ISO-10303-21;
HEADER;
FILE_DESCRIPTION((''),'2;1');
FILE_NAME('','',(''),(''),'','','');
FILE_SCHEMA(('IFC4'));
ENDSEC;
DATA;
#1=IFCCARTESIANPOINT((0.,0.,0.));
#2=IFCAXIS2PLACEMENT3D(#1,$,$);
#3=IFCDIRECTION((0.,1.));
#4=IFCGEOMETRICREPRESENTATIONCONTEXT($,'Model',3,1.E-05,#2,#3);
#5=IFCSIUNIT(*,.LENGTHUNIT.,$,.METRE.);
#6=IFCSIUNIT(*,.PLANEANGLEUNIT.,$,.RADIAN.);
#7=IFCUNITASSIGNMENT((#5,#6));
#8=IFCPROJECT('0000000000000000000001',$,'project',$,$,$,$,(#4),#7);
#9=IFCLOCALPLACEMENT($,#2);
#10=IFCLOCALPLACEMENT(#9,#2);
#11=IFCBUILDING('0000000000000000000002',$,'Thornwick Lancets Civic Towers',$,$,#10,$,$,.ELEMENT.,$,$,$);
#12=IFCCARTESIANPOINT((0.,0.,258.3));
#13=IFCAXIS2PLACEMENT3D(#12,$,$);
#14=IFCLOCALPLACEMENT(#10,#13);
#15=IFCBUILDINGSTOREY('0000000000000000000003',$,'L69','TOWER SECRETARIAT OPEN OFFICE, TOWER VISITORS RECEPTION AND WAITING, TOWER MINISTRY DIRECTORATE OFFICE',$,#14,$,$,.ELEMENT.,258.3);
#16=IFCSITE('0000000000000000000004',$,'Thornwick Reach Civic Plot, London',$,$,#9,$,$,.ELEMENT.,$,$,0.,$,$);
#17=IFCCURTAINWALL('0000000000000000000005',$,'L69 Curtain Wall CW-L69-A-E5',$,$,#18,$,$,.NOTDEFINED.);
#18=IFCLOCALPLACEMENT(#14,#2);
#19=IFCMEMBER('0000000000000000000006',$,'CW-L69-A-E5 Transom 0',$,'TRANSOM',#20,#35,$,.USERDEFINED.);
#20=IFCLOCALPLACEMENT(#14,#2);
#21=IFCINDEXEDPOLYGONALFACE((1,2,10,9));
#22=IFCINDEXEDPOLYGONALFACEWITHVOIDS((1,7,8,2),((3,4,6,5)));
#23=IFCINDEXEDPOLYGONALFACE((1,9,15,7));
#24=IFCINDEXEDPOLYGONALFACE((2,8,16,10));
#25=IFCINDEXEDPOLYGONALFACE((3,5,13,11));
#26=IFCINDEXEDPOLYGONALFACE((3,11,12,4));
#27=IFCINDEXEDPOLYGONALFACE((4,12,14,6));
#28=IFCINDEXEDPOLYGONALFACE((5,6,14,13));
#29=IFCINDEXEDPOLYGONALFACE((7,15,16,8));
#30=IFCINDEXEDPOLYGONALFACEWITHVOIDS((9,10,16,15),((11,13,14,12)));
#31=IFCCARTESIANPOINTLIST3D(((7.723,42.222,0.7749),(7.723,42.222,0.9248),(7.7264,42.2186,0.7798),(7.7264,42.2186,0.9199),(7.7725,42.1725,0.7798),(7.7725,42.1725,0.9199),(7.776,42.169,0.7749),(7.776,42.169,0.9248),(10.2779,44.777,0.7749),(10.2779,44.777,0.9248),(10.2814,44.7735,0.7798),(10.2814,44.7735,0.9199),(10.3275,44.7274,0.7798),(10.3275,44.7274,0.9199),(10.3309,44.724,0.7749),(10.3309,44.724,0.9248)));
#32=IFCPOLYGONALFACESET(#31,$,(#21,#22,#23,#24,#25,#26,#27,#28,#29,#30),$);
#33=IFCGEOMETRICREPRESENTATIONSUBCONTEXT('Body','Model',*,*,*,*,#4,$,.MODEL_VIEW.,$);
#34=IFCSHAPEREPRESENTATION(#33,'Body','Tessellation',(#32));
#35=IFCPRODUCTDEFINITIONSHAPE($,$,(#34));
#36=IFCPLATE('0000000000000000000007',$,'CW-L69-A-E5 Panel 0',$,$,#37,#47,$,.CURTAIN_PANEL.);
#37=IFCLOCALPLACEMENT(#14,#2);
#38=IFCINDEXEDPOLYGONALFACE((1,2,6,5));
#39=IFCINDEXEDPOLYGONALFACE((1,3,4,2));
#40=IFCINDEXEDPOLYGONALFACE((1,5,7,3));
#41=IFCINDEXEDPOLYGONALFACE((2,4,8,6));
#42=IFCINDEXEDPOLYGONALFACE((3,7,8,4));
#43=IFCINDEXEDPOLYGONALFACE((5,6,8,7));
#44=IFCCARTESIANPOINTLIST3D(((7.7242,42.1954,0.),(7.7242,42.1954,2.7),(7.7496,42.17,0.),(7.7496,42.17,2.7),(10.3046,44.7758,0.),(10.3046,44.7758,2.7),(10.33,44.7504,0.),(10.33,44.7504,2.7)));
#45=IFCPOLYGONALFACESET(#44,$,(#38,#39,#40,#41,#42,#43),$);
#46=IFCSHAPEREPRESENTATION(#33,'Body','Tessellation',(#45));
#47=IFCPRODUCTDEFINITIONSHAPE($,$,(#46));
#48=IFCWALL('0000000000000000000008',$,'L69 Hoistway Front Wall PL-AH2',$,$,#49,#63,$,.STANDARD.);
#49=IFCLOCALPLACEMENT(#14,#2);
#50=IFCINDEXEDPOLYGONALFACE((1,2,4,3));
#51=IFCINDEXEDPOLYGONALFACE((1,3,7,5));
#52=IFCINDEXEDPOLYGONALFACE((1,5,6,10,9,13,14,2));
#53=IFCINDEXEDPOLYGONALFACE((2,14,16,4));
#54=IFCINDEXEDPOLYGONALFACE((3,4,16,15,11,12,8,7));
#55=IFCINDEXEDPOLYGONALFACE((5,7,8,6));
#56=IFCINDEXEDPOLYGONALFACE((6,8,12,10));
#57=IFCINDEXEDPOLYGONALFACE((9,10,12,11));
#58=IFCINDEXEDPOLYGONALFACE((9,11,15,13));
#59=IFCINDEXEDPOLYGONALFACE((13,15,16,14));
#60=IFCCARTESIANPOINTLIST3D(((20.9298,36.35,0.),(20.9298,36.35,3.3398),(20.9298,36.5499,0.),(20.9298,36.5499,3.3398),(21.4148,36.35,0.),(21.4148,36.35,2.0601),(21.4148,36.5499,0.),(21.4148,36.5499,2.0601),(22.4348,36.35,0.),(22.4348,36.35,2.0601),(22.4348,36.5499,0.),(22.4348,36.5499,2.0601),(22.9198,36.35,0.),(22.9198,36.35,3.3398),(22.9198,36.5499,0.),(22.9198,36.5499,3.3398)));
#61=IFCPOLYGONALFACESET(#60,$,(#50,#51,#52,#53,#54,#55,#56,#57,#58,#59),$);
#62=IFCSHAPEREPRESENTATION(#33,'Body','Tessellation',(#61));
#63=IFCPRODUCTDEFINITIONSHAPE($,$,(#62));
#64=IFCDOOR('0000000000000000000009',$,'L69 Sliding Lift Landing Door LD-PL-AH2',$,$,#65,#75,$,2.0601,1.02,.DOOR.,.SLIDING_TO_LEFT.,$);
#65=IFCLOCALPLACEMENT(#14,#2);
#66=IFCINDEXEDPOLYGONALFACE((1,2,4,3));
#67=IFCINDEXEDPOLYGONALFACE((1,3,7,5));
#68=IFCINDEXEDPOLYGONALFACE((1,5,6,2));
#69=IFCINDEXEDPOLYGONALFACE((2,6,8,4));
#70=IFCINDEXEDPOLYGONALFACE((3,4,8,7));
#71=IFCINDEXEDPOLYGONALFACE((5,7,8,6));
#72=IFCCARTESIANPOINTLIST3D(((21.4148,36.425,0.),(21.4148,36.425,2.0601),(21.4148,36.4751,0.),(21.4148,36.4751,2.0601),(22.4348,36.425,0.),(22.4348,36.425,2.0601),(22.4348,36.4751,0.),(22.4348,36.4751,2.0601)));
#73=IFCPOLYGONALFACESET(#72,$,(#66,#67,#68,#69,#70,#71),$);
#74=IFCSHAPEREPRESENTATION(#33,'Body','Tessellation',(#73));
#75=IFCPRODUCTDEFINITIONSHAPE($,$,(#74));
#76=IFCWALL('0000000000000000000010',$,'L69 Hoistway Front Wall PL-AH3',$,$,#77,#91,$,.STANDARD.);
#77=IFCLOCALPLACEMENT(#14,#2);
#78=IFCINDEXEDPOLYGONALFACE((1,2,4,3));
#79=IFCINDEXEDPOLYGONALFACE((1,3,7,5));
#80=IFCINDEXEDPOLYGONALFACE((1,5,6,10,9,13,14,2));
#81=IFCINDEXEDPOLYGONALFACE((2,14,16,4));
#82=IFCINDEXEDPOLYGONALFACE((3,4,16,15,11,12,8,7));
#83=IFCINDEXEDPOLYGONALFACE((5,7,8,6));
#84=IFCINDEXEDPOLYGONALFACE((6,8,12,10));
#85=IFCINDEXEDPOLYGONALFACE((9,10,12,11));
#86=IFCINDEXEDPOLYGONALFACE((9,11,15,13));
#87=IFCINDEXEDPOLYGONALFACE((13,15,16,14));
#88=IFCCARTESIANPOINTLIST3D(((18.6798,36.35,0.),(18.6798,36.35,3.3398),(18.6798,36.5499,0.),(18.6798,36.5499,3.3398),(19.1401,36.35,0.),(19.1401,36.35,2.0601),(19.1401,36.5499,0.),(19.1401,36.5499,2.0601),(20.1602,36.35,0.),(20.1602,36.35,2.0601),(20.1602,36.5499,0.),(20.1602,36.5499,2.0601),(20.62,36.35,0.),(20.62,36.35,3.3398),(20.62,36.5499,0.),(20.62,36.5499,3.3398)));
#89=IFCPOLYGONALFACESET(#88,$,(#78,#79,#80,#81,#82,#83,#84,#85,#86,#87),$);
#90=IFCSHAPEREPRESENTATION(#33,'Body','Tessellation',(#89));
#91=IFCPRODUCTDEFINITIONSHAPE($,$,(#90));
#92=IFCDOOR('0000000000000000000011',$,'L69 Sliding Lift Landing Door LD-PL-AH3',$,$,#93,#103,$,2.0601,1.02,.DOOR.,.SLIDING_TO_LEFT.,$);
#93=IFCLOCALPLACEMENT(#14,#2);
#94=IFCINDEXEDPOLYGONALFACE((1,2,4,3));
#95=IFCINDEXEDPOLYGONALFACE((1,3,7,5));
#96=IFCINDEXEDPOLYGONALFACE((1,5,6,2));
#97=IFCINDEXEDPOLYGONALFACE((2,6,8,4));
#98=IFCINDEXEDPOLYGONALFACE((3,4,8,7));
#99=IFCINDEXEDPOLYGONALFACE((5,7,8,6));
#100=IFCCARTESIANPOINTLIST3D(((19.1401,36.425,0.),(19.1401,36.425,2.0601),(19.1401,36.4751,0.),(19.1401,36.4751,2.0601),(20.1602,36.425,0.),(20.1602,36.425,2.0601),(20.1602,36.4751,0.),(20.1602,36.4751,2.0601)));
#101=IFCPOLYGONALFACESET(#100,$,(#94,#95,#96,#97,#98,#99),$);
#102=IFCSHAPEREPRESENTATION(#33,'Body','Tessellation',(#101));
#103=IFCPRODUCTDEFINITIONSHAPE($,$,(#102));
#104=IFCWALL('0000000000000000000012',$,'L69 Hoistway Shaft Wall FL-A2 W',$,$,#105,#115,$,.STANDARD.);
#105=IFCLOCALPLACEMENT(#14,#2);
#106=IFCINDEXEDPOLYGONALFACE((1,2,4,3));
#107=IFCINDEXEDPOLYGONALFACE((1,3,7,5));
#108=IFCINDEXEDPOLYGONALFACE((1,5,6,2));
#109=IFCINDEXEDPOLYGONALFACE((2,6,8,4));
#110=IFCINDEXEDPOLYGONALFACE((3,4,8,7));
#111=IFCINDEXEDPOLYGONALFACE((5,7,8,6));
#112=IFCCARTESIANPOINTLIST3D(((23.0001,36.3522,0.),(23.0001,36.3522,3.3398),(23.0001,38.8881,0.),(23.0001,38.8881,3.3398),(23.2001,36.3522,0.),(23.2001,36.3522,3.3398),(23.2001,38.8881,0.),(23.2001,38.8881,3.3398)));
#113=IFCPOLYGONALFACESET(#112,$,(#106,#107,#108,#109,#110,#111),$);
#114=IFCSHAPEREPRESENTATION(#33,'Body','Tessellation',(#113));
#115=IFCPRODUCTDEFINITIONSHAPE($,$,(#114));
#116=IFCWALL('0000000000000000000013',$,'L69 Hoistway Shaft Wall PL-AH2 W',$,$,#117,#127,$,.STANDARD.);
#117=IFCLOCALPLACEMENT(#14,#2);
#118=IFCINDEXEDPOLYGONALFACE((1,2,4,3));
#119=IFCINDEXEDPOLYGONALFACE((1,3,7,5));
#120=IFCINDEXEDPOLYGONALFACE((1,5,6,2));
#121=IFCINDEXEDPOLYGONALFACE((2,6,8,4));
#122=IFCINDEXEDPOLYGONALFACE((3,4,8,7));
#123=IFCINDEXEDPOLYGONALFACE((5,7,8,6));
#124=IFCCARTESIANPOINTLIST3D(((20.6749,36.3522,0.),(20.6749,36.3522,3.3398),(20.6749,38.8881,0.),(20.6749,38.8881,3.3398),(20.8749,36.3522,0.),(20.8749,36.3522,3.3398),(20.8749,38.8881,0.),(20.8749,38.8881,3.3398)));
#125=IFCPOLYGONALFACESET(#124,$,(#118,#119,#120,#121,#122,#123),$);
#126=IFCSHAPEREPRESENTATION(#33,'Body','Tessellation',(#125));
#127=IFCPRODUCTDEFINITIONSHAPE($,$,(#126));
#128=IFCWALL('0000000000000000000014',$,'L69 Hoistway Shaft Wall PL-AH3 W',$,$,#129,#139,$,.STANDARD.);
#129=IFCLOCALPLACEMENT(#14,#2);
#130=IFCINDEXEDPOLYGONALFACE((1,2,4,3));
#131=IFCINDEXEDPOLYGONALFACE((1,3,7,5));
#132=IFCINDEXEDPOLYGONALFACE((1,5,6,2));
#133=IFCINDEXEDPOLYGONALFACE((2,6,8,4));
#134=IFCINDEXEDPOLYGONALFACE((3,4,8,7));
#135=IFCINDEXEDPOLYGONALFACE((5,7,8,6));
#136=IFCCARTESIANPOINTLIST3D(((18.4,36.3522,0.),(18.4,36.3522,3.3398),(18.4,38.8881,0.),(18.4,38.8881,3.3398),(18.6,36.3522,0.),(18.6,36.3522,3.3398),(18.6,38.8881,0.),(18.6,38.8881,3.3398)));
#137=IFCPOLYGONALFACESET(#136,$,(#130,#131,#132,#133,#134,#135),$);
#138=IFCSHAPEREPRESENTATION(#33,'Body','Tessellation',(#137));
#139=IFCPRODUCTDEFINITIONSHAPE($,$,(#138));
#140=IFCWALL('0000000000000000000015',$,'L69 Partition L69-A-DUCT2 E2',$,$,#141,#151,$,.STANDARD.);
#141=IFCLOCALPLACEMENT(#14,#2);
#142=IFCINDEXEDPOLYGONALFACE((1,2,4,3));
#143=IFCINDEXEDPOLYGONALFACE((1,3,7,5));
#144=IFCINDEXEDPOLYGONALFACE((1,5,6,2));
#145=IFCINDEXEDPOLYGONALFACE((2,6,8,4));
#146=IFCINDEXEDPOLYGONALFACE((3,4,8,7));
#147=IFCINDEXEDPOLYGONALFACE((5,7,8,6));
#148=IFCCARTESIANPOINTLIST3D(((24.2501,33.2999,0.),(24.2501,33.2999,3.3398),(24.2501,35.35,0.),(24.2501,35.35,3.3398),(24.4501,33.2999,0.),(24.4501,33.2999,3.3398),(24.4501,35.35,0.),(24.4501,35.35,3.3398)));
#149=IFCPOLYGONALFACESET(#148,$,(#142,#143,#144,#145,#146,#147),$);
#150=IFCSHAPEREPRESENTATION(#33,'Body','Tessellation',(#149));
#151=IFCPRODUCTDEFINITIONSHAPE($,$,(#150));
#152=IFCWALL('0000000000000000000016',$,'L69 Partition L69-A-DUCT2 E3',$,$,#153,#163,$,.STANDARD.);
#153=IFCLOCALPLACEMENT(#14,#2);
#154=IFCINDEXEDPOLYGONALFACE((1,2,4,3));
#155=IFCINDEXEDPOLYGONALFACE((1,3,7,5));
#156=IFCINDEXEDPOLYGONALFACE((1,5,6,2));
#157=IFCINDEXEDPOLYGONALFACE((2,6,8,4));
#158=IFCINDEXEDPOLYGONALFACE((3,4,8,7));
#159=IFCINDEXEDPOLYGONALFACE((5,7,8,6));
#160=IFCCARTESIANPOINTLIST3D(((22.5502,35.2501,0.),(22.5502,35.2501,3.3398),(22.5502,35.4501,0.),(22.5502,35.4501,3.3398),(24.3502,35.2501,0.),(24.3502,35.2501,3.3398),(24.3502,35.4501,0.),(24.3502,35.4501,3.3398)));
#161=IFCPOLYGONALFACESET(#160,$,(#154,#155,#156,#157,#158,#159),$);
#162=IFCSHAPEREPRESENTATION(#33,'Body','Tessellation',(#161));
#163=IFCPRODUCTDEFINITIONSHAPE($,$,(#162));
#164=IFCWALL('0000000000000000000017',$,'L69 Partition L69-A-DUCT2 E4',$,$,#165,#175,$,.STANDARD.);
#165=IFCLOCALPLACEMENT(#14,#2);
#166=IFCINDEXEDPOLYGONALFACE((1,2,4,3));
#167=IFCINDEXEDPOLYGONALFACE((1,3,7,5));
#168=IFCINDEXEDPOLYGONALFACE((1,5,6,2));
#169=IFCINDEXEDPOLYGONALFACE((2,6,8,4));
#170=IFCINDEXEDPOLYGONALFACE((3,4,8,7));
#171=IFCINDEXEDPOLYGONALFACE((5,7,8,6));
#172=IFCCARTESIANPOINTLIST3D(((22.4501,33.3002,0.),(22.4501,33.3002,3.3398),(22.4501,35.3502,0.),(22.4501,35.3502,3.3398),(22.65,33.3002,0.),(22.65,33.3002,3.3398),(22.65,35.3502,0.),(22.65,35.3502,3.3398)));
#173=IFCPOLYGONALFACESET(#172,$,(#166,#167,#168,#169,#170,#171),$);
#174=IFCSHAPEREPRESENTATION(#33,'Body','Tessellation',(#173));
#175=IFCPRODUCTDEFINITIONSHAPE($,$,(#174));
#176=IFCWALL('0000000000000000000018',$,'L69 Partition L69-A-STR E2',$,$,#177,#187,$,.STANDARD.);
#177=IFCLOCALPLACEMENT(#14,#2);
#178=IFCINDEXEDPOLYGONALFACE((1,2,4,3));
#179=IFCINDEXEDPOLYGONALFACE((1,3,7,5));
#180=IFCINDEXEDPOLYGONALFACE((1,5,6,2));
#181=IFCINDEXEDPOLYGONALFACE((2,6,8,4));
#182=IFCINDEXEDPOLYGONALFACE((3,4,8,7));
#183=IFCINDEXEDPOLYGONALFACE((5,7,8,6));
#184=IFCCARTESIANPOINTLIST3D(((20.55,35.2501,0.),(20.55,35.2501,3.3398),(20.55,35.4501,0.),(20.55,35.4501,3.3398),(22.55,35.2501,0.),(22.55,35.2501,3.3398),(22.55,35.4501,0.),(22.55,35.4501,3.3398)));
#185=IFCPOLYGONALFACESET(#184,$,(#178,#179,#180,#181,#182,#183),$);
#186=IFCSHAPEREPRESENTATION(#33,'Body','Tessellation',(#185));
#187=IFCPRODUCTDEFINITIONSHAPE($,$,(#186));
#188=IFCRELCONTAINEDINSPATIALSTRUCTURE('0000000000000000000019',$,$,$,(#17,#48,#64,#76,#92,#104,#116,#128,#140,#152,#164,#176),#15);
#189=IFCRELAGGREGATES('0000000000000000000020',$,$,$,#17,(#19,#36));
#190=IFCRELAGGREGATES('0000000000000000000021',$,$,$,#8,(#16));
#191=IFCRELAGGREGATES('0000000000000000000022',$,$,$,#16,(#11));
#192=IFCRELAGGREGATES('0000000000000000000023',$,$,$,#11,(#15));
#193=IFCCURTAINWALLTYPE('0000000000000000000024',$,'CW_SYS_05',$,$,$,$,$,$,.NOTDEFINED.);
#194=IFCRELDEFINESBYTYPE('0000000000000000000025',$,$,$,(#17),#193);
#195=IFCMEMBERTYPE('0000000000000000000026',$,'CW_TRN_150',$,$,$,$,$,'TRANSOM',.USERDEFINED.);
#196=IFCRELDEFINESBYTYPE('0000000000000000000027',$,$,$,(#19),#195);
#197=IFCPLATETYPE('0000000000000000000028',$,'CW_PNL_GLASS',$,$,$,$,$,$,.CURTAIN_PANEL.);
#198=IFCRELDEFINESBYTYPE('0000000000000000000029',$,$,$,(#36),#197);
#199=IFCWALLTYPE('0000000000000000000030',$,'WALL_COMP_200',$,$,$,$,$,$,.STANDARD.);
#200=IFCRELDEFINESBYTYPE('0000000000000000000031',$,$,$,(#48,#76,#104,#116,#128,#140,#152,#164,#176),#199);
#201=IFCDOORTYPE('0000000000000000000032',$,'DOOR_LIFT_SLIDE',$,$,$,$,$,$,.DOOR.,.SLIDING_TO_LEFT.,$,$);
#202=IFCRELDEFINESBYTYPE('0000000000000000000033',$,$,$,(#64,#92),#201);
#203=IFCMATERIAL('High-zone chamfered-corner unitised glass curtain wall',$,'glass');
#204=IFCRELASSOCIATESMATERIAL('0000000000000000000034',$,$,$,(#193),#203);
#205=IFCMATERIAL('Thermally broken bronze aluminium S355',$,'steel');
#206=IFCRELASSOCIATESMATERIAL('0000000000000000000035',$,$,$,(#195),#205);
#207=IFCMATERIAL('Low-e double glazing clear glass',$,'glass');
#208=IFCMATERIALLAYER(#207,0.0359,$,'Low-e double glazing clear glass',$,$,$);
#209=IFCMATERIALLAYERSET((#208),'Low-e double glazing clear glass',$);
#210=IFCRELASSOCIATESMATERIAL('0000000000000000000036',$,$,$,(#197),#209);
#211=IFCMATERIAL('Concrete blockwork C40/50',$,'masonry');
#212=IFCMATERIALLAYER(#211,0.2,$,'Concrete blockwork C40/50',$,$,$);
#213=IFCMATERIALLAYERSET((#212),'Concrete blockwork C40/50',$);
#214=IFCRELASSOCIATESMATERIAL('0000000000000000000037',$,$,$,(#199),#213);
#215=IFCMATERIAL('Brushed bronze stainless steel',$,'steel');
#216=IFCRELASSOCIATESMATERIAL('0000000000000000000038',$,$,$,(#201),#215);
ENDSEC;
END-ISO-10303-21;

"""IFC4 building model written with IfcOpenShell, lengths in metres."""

from ifc_helpers import new_model, si_unit, direction, frame, frame_2d, origin, origin_2d, place, context, subcontext, project, spatial, rectangle, hollow_rectangle, extrude, material, layer, layer_set, material_profile, profile_set, type_object, element, fill, aggregate, save


model = new_model("IFC4")

# Units and contexts
model_context = context("Model", 3, precision=1e-05, world=origin(), true_north=direction((0.0, 1.0)))
body_context = subcontext(model_context, "Body", "Model", "MODEL_VIEW")
ifc_project = project(units=[si_unit("LENGTHUNIT", "METRE"), si_unit("PLANEANGLEUNIT", "RADIAN")], contexts=[model_context])

# Site, building, storey
site_placement = place(None, origin())
site = spatial("IfcSite", under=ifc_project, at=site_placement, Name="Thornwick Reach Civic Plot, London", CompositionType="ELEMENT", RefElevation=0.0)
building_placement = place(site_placement, origin())
building = spatial("IfcBuilding", under=site, at=building_placement, Name="Thornwick Lancets Civic Towers", CompositionType="ELEMENT")
storey_placement = place(building_placement, frame((0.0, 0.0, 258.3)))
storey = spatial("IfcBuildingStorey", under=building, at=storey_placement, Name="L69", Description="TOWER SECRETARIAT OPEN OFFICE, TOWER VISITORS RECEPTION AND WAITING, TOWER MINISTRY DIRECTORATE OFFICE", CompositionType="ELEMENT", Elevation=258.3)

# Curtain wall, member, plate
ifc_material_1 = material(Name="High-zone chamfered-corner unitised glass curtain wall", Category="glass")
curtain_wall_type = type_object("IfcCurtainWallType", Name="CW_SYS_05", PredefinedType="NOTDEFINED", material=ifc_material_1)
curtain_wall_placement = place(storey_placement, origin())
curtain_wall = element("IfcCurtainWall", 1, at=curtain_wall_placement, inside=storey, type_object=curtain_wall_type, Name="L69 Curtain Wall CW-L69-A-E5", PredefinedType="NOTDEFINED")
ifc_material_2 = material(Name="Thermally broken bronze aluminium S355", Category="steel")
ifc_material_profile_1 = material_profile(ifc_material_2, hollow_rectangle(XDim=0.075, YDim=0.1499, WallThickness=0.0049, at=origin_2d()), Name="RHS 150x75x5")
ifc_profile_set_1 = profile_set([ifc_material_profile_1], Name="Thermally broken bronze aluminium S355")
member_type_1 = type_object("IfcMemberType", Name="CW_TRN_150", ElementType="TRANSOM", PredefinedType="USERDEFINED", material=ifc_profile_set_1)
member_1_placement = place(storey_placement, frame((10.3044, 44.7505, 0.8499), z_axis=(-0.707107, -0.707107, 0.0), x_axis=(0.707107, -0.707107, 0.0)))
member_1 = element("IfcMember", 2, at=member_1_placement, type_object=member_type_1, Name="CW-L69-A-E5 Transom 0", ObjectType="TRANSOM", PredefinedType="USERDEFINED", context=body_context, shape_type="SweptSolid", body=[
    extrude(hollow_rectangle(XDim=0.075, YDim=0.1499, WallThickness=0.0049, at=origin_2d()), origin(), (0.0, 0.0, 1.0), 3.6133),
])
ifc_material_3 = material(Name="Low-e double glazing clear glass", Category="glass")
ifc_layer_1 = layer(ifc_material_3, 0.0359, Name="Low-e double glazing clear glass")
ifc_layer_set_1 = layer_set([ifc_layer_1], Name="Low-e double glazing clear glass")
plate_type = type_object("IfcPlateType", Name="CW_PNL_GLASS", PredefinedType="CURTAIN_PANEL", material=ifc_layer_set_1)
plate_placement = place(storey_placement, frame((9.0271, 43.4729, 0.0), z_axis=(0.0, 0.0, 1.0), x_axis=(-0.707107, -0.707107, 0.0)))
plate = element("IfcPlate", 3, at=plate_placement, type_object=plate_type, Name="CW-L69-A-E5 Panel 0", PredefinedType="CURTAIN_PANEL", context=body_context, shape_type="SweptSolid", body=[
    extrude(rectangle(XDim=3.6492, YDim=0.0359, at=origin_2d()), origin(), (0.0, 0.0, 1.0), 2.7),
])
aggregate(curtain_wall, [member_1, plate])

# Walls, openings, doors
ifc_material_4 = material(Name="Concrete blockwork C40/50", Category="masonry")
ifc_layer_2 = layer(ifc_material_4, 0.2, Name="Concrete blockwork C40/50")
ifc_layer_set_2 = layer_set([ifc_layer_2], Name="Concrete blockwork C40/50")
wall_type_1 = type_object("IfcWallType", Name="WALL_COMP_200", PredefinedType="STANDARD", material=ifc_layer_set_2)
wall_1_placement = place(storey_placement, frame((22.9199, 36.45, 0.0), z_axis=(0.0, 0.0, 1.0), x_axis=(-1.0, 0.0, 0.0)))
wall_1 = element("IfcWall", 4, at=wall_1_placement, inside=storey, type_object=wall_type_1, Name="L69 Hoistway Front Wall PL-AH2", PredefinedType="STANDARD", context=body_context, shape_type="SweptSolid", body=[
    extrude(rectangle(XDim=1.99, YDim=0.2, at=frame_2d((0.9951, 0.0))), origin(), (0.0, 0.0, 1.0), 3.3398),
])
opening_1_placement = place(wall_1_placement, frame((0.4851, 0.0, 0.0)))
opening_1 = element("IfcOpeningElement", 5, at=opening_1_placement, cuts=wall_1, PredefinedType="OPENING", context=body_context, shape_type="SweptSolid", body=[
    extrude(rectangle(XDim=1.02, YDim=2.0601, at=frame_2d((0.51, 1.03))), frame((0.0, 0.1099, 0.0), z_axis=(0.0, -1.0, 0.0), x_axis=(1.0, 0.0, 0.0)), (0.0, 0.0, 1.0), 0.22),
])
ifc_material_5 = material(Name="Brushed bronze stainless steel", Category="steel")
door_type_1 = type_object("IfcDoorType", Name="DOOR_LIFT_SLIDE", OperationType="SLIDING_TO_LEFT", PredefinedType="DOOR", material=ifc_material_5)
door_1_placement = place(opening_1_placement, origin())
door_1 = element("IfcDoor", 6, at=door_1_placement, inside=storey, type_object=door_type_1, Name="L69 Sliding Lift Landing Door LD-PL-AH2", OperationType="SLIDING_TO_LEFT", OverallHeight=2.0601, OverallWidth=1.02, PredefinedType="DOOR", context=body_context, shape_type="SweptSolid", body=[
    extrude(rectangle(XDim=1.02, YDim=2.0601, at=frame_2d((0.51, 1.03))), frame((0.0, 0.0249, 0.0), z_axis=(0.0, -1.0, 0.0), x_axis=(1.0, 0.0, 0.0)), (0.0, 0.0, 1.0), 0.05),
])
fill(opening_1, door_1)
wall_2_placement = place(storey_placement, frame((20.6201, 36.45, 0.0), z_axis=(0.0, 0.0, 1.0), x_axis=(-1.0, 0.0, 0.0)))
wall_2 = element("IfcWall", 7, at=wall_2_placement, inside=storey, type_object=wall_type_1, Name="L69 Hoistway Front Wall PL-AH3", PredefinedType="STANDARD", context=body_context, shape_type="SweptSolid", body=[
    extrude(rectangle(XDim=1.9402, YDim=0.2, at=frame_2d((0.9702, 0.0))), origin(), (0.0, 0.0, 1.0), 3.3398),
])
opening_2_placement = place(wall_2_placement, frame((0.46, 0.0, 0.0)))
opening_2 = element("IfcOpeningElement", 8, at=opening_2_placement, cuts=wall_2, PredefinedType="OPENING", context=body_context, shape_type="SweptSolid", body=[
    extrude(rectangle(XDim=1.02, YDim=2.0601, at=frame_2d((0.51, 1.03))), frame((0.0, 0.1099, 0.0), z_axis=(0.0, -1.0, 0.0), x_axis=(1.0, 0.0, 0.0)), (0.0, 0.0, 1.0), 0.22),
])
door_2_placement = place(opening_2_placement, origin())
door_2 = element("IfcDoor", 9, at=door_2_placement, inside=storey, type_object=door_type_1, Name="L69 Sliding Lift Landing Door LD-PL-AH3", OperationType="SLIDING_TO_LEFT", OverallHeight=2.0601, OverallWidth=1.02, PredefinedType="DOOR", context=body_context, shape_type="SweptSolid", body=[
    extrude(rectangle(XDim=1.02, YDim=2.0601, at=frame_2d((0.51, 1.03))), frame((0.0, 0.0249, 0.0), z_axis=(0.0, -1.0, 0.0), x_axis=(1.0, 0.0, 0.0)), (0.0, 0.0, 1.0), 0.05),
])
fill(opening_2, door_2)

# Walls
for number, where, z_axis, x_axis, name in (
    (10, (23.1001, 36.3521, 0.0), (0.0, 0.0, 1.0), (0.0, 1.0, 0.0), "L69 Hoistway Shaft Wall FL-A2 W"),
    (11, (20.7749, 36.3521, 0.0), (0.0, 0.0, 1.0), (0.0, 1.0, 0.0), "L69 Hoistway Shaft Wall PL-AH2 W"),
    (12, (18.5, 36.3521, 0.0), (0.0, 0.0, 1.0), (0.0, 1.0, 0.0), "L69 Hoistway Shaft Wall PL-AH3 W"),
):
    element("IfcWall", number, at=place(storey_placement, frame(where, z_axis=z_axis, x_axis=x_axis)), inside=storey, type_object=wall_type_1, Name=name, PredefinedType="STANDARD", context=body_context, shape_type="SweptSolid", body=[
        extrude(rectangle(XDim=2.5359, YDim=0.2, at=frame_2d((1.2681, 0.0))), origin(), (0.0, 0.0, 1.0), 3.3398),
    ])
wall_3_placement = place(storey_placement, frame((24.3501, 33.3, 0.0), z_axis=(0.0, 0.0, 1.0), x_axis=(0.0, 1.0, 0.0)))
element("IfcWall", 13, at=wall_3_placement, inside=storey, type_object=wall_type_1, Name="L69 Partition L69-A-DUCT2 E2", PredefinedType="STANDARD", context=body_context, shape_type="SweptSolid", body=[
    extrude(rectangle(XDim=2.05, YDim=0.2, at=frame_2d((1.0249, 0.0))), origin(), (0.0, 0.0, 1.0), 3.3398),
])
wall_4_placement = place(storey_placement, frame((24.3501, 35.3501, 0.0), z_axis=(0.0, 0.0, 1.0), x_axis=(-1.0, 0.0, 0.0)))
element("IfcWall", 14, at=wall_4_placement, inside=storey, type_object=wall_type_1, Name="L69 Partition L69-A-DUCT2 E3", PredefinedType="STANDARD", context=body_context, shape_type="SweptSolid", body=[
    extrude(rectangle(XDim=1.8, YDim=0.2, at=frame_2d((0.8999, 0.0))), origin(), (0.0, 0.0, 1.0), 3.3398),
])
wall_5_placement = place(storey_placement, frame((22.55, 35.3501, 0.0), z_axis=(0.0, 0.0, 1.0), x_axis=(0.0, -1.0, 0.0)))
element("IfcWall", 15, at=wall_5_placement, inside=storey, type_object=wall_type_1, Name="L69 Partition L69-A-DUCT2 E4", PredefinedType="STANDARD", context=body_context, shape_type="SweptSolid", body=[
    extrude(rectangle(XDim=2.05, YDim=0.2, at=frame_2d((1.0249, 0.0))), origin(), (0.0, 0.0, 1.0), 3.3398),
])
wall_6_placement = place(storey_placement, frame((20.55, 35.3501, 0.0), z_axis=(0.0, 0.0, 1.0), x_axis=(1.0, 0.0, 0.0)))
element("IfcWall", 16, at=wall_6_placement, inside=storey, type_object=wall_type_1, Name="L69 Partition L69-A-STR E2", PredefinedType="STANDARD", context=body_context, shape_type="SweptSolid", body=[
    extrude(rectangle(XDim=2.0, YDim=0.2, at=frame_2d((1.0, 0.0))), origin(), (0.0, 0.0, 1.0), 3.3398),
])

save(model, "model.ifc")
